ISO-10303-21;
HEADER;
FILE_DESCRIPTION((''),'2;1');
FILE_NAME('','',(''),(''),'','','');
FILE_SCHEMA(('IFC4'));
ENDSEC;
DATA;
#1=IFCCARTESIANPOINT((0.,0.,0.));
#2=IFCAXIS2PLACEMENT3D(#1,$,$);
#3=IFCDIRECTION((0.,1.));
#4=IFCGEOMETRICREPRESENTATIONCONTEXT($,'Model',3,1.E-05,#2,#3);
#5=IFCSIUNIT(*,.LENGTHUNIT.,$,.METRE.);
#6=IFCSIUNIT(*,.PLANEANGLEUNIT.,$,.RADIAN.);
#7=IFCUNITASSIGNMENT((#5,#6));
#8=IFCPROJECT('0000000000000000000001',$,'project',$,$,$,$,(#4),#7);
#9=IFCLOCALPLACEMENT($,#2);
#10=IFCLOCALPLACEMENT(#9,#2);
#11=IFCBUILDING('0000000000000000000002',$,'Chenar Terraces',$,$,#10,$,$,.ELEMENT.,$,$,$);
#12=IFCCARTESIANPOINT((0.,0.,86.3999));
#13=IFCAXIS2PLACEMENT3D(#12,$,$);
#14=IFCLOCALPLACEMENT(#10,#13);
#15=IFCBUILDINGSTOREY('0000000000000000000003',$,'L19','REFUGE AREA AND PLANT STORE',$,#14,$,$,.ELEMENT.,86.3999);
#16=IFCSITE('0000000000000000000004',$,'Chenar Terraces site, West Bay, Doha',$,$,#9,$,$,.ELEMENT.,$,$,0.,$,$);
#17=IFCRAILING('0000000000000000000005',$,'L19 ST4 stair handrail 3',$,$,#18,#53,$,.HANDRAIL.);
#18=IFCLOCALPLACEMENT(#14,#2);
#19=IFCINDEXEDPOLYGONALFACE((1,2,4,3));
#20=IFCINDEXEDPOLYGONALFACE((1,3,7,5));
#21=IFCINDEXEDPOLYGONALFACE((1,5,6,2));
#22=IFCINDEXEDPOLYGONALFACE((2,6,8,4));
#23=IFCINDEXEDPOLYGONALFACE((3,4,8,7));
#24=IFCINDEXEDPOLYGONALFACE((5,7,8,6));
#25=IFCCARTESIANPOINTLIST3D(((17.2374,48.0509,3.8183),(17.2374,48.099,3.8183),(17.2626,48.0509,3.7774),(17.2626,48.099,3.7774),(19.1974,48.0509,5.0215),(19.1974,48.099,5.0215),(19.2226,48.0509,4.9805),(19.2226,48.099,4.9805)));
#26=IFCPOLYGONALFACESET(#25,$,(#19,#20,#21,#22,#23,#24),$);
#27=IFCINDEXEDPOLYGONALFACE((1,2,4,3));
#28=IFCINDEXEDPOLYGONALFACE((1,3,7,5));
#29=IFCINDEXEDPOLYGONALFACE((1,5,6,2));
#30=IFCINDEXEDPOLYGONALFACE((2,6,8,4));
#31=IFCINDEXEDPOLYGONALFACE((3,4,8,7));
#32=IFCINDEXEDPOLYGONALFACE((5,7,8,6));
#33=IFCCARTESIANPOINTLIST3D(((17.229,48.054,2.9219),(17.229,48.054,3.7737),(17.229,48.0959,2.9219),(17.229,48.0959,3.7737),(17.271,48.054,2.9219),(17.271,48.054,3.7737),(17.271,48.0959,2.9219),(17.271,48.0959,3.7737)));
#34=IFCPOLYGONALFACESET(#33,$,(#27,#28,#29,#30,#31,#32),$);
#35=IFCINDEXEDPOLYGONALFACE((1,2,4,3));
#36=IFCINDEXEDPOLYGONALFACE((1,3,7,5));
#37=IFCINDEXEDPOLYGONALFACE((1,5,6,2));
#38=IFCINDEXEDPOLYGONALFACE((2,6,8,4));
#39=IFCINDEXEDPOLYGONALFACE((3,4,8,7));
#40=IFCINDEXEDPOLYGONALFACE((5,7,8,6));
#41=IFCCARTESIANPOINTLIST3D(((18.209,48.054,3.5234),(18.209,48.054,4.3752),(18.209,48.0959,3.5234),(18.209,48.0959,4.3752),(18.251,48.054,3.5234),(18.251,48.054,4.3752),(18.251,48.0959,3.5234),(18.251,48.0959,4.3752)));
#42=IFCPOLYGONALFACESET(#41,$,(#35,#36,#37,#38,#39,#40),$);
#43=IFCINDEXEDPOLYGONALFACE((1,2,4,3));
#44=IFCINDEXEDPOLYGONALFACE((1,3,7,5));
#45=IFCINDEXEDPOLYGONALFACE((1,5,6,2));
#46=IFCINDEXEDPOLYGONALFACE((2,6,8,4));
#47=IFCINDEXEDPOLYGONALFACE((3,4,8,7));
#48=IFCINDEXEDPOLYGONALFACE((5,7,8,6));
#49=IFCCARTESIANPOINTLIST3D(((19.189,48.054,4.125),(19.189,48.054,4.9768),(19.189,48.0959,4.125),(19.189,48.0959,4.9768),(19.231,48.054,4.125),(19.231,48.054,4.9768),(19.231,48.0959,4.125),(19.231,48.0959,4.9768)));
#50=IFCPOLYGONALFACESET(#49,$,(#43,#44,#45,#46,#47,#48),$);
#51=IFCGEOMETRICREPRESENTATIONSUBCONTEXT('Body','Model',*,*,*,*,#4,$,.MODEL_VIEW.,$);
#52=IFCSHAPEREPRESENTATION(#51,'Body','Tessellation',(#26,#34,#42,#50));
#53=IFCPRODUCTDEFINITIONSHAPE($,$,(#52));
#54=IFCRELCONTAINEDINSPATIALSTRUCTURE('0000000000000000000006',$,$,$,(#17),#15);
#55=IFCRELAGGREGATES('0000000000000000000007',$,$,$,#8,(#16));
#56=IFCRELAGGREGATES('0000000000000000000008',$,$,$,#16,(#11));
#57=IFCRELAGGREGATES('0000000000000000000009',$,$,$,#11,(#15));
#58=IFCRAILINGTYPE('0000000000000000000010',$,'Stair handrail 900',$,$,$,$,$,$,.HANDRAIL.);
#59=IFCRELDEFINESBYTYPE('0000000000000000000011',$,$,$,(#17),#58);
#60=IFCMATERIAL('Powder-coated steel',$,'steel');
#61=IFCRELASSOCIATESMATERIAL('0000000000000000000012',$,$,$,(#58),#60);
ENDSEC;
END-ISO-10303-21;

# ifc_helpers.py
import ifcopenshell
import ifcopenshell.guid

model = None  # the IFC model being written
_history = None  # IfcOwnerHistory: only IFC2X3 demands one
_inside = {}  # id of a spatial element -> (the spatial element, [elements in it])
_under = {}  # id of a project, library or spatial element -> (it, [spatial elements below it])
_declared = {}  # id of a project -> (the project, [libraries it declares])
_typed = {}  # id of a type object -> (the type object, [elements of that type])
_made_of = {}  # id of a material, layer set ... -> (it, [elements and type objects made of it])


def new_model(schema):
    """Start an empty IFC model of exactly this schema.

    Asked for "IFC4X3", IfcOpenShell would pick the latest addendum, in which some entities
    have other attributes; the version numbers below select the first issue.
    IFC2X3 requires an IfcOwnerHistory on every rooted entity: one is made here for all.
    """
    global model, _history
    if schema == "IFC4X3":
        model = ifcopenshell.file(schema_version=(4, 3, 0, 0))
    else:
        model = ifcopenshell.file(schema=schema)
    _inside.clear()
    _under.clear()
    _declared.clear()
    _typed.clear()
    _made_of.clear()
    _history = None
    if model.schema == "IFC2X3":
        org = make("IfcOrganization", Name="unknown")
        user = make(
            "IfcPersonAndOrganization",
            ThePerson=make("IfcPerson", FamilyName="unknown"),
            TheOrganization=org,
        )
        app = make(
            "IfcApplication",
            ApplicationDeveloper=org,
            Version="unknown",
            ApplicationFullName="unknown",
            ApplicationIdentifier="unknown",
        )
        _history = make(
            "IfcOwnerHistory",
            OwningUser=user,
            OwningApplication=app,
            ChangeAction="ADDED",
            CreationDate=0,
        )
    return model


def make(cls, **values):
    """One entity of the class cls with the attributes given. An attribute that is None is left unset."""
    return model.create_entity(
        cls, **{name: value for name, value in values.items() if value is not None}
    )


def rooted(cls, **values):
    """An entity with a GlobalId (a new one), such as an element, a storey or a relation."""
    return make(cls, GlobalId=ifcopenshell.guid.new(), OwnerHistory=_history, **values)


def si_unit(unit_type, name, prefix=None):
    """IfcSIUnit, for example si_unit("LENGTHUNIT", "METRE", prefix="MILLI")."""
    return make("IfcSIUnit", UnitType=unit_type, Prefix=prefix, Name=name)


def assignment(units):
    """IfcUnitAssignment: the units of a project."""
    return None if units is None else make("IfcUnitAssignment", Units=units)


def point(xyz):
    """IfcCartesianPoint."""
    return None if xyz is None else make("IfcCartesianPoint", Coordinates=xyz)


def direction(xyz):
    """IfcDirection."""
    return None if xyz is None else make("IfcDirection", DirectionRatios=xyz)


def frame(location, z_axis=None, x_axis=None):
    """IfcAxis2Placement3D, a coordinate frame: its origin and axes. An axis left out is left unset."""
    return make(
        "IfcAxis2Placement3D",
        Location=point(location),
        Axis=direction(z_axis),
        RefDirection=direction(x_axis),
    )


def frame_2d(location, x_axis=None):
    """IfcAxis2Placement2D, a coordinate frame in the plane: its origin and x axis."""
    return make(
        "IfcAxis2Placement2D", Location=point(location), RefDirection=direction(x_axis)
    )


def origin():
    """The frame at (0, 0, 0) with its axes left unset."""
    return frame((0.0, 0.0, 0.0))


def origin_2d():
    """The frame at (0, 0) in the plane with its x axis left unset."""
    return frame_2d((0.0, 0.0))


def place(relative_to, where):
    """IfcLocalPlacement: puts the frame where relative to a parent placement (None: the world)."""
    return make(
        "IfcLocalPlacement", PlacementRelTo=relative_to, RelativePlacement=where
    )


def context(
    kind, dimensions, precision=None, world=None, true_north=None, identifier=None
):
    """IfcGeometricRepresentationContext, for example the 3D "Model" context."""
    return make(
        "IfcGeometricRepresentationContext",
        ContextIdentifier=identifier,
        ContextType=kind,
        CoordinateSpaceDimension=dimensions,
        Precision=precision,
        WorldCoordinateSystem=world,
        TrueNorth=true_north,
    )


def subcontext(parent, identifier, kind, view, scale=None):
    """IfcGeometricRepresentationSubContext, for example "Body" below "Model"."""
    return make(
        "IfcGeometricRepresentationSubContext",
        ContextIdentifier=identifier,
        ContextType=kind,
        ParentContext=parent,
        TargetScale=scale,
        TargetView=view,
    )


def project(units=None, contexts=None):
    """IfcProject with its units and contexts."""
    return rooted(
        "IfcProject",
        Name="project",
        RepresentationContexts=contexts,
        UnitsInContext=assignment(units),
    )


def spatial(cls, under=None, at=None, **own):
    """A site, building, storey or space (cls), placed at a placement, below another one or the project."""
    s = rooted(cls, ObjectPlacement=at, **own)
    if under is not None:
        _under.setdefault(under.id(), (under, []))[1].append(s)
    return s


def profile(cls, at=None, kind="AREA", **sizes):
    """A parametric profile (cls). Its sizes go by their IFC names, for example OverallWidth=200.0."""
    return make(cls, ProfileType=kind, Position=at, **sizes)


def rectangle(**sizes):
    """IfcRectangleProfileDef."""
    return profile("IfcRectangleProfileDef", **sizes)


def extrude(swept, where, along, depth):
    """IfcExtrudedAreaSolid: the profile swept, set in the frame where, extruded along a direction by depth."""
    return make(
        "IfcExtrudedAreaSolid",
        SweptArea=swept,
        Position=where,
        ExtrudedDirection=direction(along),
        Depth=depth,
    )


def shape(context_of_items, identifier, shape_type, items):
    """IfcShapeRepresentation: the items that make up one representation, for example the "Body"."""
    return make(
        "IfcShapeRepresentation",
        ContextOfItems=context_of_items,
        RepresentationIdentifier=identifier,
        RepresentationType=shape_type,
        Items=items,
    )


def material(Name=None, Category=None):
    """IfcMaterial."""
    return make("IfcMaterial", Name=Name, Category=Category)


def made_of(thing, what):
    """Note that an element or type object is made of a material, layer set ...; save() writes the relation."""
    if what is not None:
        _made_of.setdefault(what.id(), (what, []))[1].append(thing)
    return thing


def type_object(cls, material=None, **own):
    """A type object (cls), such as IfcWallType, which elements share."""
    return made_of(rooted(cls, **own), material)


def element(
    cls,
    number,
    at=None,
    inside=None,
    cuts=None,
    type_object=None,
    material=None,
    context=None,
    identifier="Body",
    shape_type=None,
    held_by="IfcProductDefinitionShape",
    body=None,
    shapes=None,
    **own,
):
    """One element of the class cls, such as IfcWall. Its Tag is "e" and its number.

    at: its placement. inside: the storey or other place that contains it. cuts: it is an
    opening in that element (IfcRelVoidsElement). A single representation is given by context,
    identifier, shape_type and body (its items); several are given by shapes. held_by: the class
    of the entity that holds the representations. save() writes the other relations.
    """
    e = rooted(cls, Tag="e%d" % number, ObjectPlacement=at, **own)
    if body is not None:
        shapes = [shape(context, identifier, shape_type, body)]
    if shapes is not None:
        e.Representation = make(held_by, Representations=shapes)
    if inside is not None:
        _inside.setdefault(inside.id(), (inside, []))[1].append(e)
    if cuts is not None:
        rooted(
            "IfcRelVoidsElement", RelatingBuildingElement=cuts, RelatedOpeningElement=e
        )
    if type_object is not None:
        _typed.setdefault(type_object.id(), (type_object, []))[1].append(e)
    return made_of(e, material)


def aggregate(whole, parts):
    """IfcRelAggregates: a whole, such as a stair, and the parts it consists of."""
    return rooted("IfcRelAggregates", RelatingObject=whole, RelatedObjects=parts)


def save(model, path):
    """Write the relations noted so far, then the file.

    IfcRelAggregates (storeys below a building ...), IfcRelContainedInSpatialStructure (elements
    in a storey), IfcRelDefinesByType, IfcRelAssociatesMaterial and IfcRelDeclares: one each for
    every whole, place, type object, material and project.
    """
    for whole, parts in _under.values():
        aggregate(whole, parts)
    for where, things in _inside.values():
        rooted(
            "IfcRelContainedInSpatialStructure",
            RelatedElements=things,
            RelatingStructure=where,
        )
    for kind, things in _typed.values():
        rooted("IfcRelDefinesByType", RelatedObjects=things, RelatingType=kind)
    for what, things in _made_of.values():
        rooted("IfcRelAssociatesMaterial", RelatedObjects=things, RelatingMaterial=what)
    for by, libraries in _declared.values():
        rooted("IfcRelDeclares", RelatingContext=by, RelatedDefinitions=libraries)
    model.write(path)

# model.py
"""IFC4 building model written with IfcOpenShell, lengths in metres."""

from ifc_helpers import new_model, si_unit, direction, frame, origin, origin_2d, place, context, subcontext, project, spatial, rectangle, extrude, material, type_object, element, save


model = new_model("IFC4")

# Units and contexts
model_context = context("Model", 3, precision=1e-05, world=origin(), true_north=direction((0.0, 1.0)))
body_context = subcontext(model_context, "Body", "Model", "MODEL_VIEW")
ifc_project = project(units=[si_unit("LENGTHUNIT", "METRE"), si_unit("PLANEANGLEUNIT", "RADIAN")], contexts=[model_context])

# Site, building, storey
site_placement = place(None, origin())
site = spatial("IfcSite", under=ifc_project, at=site_placement, Name="Chenar Terraces site, West Bay, Doha", CompositionType="ELEMENT", RefElevation=0.0)
building_placement = place(site_placement, origin())
building = spatial("IfcBuilding", under=site, at=building_placement, Name="Chenar Terraces", CompositionType="ELEMENT")
storey_placement = place(building_placement, frame((0.0, 0.0, 86.3999)))
storey = spatial("IfcBuildingStorey", under=building, at=storey_placement, Name="L19", Description="REFUGE AREA AND PLANT STORE", CompositionType="ELEMENT", Elevation=86.3999)

# Railing
ifc_material_1 = material(Name="Powder-coated steel", Category="steel")
railing_type_1 = type_object("IfcRailingType", Name="Stair handrail 900", PredefinedType="HANDRAIL", material=ifc_material_1)
for number, where, name in (
    (1, (17.25, 48.075, 2.9219), "L19 ST4 stair handrail 3"),
):
    element("IfcRailing", number, at=place(storey_placement, frame(where)), inside=storey, type_object=railing_type_1, Name=name, PredefinedType="HANDRAIL", context=body_context, shape_type="SweptSolid", body=[
        extrude(rectangle(XDim=0.0481, YDim=0.0481, at=origin_2d()), frame((0.0, 0.0, 0.876), z_axis=(0.852241, 0.0, 0.523149), x_axis=(0.0, 1.0, 0.0)), (0.0, 0.0, 1.0), 2.2998),
        extrude(rectangle(XDim=0.042, YDim=0.042, at=origin_2d()), origin(), (0.0, 0.0, 1.0), 0.8518),
        extrude(rectangle(XDim=0.042, YDim=0.042, at=origin_2d()), frame((0.98, 0.0, 0.6016)), (0.0, 0.0, 1.0), 0.8518),
        extrude(rectangle(XDim=0.042, YDim=0.042, at=origin_2d()), frame((1.96, 0.0, 1.2031)), (0.0, 0.0, 1.0), 0.8518),
    ])

save(model, "model.ifc")
